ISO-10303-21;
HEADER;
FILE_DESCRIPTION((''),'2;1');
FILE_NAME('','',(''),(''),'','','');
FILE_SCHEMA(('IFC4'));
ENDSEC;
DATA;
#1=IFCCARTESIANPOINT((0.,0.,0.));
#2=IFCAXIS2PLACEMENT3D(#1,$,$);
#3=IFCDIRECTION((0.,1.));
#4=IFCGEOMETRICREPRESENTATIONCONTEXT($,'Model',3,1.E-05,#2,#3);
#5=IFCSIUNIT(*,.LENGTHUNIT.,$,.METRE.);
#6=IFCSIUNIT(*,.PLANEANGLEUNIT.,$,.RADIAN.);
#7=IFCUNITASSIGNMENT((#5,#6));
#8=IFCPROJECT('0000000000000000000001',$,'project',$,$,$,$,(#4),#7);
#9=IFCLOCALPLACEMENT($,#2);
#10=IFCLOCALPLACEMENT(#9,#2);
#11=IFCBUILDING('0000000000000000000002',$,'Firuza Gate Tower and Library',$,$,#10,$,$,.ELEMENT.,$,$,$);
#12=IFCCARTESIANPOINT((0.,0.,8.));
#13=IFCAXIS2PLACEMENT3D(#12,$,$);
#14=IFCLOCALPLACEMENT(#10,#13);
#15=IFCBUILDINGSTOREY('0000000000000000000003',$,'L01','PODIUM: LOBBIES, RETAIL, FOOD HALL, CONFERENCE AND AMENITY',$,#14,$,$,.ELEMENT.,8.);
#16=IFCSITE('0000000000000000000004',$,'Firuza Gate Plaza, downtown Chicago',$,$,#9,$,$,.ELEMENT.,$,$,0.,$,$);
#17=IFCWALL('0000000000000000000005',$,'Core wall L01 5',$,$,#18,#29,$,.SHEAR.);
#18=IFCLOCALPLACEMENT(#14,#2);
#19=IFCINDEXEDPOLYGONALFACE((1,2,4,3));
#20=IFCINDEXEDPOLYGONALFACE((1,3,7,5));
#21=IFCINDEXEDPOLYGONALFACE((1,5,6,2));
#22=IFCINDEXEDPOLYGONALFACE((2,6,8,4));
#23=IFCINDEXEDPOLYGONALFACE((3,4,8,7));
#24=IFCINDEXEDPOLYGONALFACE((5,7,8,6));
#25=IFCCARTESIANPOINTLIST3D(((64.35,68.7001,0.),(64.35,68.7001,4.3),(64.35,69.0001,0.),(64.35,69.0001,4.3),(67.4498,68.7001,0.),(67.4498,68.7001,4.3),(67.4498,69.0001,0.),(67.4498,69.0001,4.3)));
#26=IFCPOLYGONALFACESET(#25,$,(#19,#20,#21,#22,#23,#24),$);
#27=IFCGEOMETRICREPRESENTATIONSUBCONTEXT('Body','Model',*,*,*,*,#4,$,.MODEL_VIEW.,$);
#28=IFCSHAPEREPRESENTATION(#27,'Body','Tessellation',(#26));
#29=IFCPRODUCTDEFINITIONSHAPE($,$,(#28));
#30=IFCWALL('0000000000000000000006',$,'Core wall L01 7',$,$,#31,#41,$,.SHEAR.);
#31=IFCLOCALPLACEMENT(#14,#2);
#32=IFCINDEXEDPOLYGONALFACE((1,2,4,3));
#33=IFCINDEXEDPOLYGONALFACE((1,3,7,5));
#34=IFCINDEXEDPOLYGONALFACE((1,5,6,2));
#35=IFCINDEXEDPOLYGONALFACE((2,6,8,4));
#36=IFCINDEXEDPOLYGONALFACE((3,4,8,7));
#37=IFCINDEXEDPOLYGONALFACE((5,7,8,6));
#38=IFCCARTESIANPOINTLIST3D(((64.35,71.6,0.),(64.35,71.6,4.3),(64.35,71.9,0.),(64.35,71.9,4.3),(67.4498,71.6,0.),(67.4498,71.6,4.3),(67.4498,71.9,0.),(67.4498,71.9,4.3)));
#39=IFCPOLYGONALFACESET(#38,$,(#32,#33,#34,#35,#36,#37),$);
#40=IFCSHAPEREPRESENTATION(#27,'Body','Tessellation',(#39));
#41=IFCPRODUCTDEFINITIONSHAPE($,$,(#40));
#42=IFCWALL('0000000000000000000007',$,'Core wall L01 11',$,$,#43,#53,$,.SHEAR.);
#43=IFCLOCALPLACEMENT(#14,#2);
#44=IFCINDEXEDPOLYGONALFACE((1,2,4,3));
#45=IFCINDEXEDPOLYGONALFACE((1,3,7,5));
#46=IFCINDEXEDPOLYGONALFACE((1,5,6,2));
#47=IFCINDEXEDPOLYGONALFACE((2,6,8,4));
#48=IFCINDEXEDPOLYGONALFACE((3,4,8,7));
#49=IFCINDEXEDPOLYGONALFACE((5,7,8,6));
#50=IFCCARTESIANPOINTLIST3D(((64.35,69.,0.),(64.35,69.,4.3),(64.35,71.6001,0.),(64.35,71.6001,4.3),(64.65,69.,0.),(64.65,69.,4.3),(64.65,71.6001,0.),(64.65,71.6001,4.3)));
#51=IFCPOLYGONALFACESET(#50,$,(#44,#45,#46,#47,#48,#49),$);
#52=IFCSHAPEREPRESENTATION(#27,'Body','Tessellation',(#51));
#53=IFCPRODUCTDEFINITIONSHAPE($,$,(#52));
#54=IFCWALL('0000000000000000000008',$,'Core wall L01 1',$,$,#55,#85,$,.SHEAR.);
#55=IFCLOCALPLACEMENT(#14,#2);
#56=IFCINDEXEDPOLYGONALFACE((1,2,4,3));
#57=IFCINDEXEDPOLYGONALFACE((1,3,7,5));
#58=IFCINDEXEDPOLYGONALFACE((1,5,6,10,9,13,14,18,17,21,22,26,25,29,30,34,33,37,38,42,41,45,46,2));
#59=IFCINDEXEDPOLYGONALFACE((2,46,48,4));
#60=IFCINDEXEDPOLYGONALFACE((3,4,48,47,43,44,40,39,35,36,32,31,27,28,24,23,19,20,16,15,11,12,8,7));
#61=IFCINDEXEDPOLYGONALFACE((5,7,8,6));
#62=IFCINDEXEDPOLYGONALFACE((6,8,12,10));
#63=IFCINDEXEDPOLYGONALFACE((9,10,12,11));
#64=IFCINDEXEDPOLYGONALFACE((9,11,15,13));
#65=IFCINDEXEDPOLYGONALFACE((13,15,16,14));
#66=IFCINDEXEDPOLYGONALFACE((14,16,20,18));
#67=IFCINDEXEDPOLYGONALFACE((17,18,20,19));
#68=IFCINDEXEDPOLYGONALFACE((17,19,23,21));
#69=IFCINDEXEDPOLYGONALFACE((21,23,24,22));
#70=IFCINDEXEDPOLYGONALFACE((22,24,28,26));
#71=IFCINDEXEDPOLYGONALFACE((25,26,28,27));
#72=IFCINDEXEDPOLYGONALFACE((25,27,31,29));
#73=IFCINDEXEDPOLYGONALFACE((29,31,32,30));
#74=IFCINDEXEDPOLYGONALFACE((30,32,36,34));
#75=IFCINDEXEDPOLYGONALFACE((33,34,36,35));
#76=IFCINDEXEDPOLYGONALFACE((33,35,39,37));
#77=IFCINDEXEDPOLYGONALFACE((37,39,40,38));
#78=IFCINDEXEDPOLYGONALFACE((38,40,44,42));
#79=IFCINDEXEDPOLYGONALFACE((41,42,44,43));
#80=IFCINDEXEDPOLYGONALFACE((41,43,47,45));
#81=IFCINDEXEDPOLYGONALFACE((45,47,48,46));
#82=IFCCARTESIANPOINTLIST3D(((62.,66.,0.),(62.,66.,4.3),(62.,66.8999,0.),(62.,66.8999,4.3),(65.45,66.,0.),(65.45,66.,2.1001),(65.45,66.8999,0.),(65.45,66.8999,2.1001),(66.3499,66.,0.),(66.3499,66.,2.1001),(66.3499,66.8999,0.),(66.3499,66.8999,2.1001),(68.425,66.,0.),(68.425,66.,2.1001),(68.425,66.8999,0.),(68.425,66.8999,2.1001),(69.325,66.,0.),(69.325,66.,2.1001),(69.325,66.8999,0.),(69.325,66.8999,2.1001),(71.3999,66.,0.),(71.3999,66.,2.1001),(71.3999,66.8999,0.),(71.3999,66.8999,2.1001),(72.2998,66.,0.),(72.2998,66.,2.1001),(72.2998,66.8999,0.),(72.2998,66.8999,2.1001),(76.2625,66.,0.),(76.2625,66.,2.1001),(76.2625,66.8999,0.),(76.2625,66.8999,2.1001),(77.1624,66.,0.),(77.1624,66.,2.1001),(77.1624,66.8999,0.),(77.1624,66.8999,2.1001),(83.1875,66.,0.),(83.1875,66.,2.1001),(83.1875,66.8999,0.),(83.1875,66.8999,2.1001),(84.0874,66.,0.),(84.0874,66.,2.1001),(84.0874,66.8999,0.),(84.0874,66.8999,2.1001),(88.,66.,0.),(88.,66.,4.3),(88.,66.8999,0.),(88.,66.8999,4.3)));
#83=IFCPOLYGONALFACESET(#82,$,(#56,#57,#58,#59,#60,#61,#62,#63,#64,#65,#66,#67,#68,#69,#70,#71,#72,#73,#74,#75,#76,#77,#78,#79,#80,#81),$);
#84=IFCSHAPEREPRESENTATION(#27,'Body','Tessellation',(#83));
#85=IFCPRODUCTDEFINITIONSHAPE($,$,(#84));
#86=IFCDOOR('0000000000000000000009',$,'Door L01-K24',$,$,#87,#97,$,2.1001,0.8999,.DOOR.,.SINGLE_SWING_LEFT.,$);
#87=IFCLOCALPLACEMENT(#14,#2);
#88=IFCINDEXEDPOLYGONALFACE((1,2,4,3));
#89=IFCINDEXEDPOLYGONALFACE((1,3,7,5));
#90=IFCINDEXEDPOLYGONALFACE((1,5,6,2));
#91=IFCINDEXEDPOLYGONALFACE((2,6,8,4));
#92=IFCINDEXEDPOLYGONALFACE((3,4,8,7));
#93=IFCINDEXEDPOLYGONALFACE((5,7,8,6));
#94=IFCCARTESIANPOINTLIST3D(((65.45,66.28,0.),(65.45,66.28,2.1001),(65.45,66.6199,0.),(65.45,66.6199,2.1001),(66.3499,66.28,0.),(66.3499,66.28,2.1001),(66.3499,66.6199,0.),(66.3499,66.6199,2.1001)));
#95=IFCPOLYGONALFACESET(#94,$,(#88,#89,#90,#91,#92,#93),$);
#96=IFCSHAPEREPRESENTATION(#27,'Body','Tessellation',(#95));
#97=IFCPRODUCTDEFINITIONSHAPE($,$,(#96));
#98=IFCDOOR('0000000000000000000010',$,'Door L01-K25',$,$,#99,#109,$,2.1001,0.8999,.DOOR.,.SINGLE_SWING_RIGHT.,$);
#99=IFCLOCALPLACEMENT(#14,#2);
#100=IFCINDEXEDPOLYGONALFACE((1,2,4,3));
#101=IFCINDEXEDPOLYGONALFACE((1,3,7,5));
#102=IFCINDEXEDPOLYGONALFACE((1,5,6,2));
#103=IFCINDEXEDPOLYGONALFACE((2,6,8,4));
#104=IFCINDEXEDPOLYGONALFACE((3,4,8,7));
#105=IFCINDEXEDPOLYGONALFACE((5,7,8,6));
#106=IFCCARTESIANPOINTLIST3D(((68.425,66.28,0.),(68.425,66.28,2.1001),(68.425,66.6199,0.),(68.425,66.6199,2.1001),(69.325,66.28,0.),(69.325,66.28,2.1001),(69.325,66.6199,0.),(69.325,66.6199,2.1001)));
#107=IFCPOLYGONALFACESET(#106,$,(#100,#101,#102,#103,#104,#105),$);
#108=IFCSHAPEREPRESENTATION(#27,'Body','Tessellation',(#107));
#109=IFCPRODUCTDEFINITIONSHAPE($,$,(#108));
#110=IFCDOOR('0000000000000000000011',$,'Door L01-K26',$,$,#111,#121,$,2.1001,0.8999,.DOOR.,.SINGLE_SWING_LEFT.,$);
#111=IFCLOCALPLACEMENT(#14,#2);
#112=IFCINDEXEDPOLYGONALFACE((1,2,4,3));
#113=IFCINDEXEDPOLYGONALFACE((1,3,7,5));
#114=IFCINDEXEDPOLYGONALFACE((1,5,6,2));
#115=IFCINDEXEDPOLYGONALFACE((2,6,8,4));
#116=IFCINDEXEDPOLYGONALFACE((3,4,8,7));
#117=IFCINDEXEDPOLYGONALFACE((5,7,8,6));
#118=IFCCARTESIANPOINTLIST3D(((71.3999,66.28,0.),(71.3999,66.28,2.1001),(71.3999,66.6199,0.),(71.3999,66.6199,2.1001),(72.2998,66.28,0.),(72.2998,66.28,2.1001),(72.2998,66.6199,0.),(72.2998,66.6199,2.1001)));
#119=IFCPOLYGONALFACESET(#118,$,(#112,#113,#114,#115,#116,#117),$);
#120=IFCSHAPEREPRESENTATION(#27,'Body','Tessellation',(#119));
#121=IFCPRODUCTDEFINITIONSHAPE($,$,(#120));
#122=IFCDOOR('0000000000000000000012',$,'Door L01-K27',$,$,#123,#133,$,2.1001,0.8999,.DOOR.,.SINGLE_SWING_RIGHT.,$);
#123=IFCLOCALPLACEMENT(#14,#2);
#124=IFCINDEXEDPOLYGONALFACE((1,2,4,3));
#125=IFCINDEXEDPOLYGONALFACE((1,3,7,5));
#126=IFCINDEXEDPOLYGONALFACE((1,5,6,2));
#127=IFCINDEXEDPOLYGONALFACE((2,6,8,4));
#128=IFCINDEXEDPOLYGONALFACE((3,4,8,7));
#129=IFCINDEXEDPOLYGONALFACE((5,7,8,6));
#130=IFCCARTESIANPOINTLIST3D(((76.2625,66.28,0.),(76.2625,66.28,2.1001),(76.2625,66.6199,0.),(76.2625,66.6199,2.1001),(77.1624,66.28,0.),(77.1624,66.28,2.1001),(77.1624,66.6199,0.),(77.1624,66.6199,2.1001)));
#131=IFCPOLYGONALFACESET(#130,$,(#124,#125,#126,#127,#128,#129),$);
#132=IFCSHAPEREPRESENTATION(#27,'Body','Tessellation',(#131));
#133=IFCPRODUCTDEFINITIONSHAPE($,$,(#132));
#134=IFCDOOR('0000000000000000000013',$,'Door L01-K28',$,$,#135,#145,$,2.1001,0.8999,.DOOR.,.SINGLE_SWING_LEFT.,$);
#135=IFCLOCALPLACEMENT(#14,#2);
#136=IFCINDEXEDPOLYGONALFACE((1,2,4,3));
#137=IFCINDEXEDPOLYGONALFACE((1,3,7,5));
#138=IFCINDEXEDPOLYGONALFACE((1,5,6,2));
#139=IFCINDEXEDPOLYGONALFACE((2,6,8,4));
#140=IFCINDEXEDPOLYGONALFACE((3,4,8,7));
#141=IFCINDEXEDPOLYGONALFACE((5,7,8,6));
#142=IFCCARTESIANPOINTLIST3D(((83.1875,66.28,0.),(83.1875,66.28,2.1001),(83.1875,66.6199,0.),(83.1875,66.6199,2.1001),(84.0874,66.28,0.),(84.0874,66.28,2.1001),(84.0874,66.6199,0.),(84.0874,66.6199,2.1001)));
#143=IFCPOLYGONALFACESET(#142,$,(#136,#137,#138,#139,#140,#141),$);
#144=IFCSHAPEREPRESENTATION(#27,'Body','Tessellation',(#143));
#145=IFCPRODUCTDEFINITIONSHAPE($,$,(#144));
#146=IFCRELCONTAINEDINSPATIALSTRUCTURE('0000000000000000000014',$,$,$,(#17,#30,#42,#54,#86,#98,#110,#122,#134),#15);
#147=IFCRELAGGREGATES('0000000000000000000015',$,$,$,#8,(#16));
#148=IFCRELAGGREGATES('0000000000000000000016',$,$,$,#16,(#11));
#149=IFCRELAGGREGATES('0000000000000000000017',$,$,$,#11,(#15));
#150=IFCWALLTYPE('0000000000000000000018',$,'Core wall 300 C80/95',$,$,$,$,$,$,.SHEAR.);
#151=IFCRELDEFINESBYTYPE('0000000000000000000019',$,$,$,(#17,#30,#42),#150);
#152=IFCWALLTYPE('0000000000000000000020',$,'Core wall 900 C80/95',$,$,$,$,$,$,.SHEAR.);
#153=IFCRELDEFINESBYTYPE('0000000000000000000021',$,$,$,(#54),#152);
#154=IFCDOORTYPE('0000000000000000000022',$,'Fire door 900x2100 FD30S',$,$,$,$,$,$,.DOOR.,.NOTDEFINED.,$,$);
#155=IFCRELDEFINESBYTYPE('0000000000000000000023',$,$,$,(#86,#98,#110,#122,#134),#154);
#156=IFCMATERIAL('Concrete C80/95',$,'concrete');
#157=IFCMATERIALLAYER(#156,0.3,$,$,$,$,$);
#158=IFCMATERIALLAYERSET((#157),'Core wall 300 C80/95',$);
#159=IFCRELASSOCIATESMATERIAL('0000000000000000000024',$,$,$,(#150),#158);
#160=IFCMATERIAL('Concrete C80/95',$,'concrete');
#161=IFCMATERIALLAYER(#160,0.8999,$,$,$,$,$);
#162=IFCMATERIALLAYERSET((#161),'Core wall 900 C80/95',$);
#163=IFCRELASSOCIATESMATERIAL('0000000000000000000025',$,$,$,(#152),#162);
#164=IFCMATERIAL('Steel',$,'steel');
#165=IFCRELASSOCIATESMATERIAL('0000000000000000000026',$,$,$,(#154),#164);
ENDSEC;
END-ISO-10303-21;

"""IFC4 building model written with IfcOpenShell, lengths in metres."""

from ifc_helpers import new_model, si_unit, direction, frame, frame_2d, origin, place, context, subcontext, project, spatial, rectangle, extrude, material, layer, layer_set, type_object, element, fill, save


model = new_model("IFC4")

# Units and contexts
model_context = context("Model", 3, precision=1e-05, world=origin(), true_north=direction((0.0, 1.0)))
body_context = subcontext(model_context, "Body", "Model", "MODEL_VIEW")
ifc_project = project(units=[si_unit("LENGTHUNIT", "METRE"), si_unit("PLANEANGLEUNIT", "RADIAN")], contexts=[model_context])

# Site, building, storey
site_placement = place(None, origin())
site = spatial("IfcSite", under=ifc_project, at=site_placement, Name="Firuza Gate Plaza, downtown Chicago", CompositionType="ELEMENT", RefElevation=0.0)
building_placement = place(site_placement, origin())
building = spatial("IfcBuilding", under=site, at=building_placement, Name="Firuza Gate Tower and Library", CompositionType="ELEMENT")
storey_placement = place(building_placement, frame((0.0, 0.0, 8.0)))
storey = spatial("IfcBuildingStorey", under=building, at=storey_placement, Name="L01", Description="PODIUM: LOBBIES, RETAIL, FOOD HALL, CONFERENCE AND AMENITY", CompositionType="ELEMENT", Elevation=8.0)

# Walls
ifc_material_1 = material(Name="Concrete C80/95", Category="concrete")
ifc_layer_1 = layer(ifc_material_1, 0.3)
ifc_layer_set_1 = layer_set([ifc_layer_1], Name="Core wall 300 C80/95")
wall_type_1 = type_object("IfcWallType", Name="Core wall 300 C80/95", PredefinedType="SHEAR", material=ifc_layer_set_1)
for number, where, z_axis, x_axis, name in (
    (1, (64.3501, 68.8501, 0.0), (0.0, 0.0, 1.0), (1.0, 0.0, 0.0), "Core wall L01 5"),
    (2, (64.3501, 71.75, 0.0), (0.0, 0.0, 1.0), (1.0, 0.0, 0.0), "Core wall L01 7"),
):
    element("IfcWall", number, at=place(storey_placement, frame(where, z_axis=z_axis, x_axis=x_axis)), inside=storey, type_object=wall_type_1, Name=name, PredefinedType="SHEAR", context=body_context, shape_type="SweptSolid", body=[
        extrude(rectangle(XDim=3.0999, YDim=0.3, at=frame_2d((1.5498, 0.0))), origin(), (0.0, 0.0, 1.0), 4.3),
    ])
wall_1_placement = place(storey_placement, frame((64.5, 69.0, 0.0), z_axis=(0.0, 0.0, 1.0), x_axis=(0.0, 1.0, 0.0)))
element("IfcWall", 3, at=wall_1_placement, inside=storey, type_object=wall_type_1, Name="Core wall L01 11", PredefinedType="SHEAR", context=body_context, shape_type="SweptSolid", body=[
    extrude(rectangle(XDim=2.6001, YDim=0.3, at=frame_2d((1.3, 0.0))), origin(), (0.0, 0.0, 1.0), 4.3),
])

# Wall, openings, doors
ifc_material_2 = material(Name="Concrete C80/95", Category="concrete")
ifc_layer_2 = layer(ifc_material_2, 0.8999)
ifc_layer_set_2 = layer_set([ifc_layer_2], Name="Core wall 900 C80/95")
wall_type_2 = type_object("IfcWallType", Name="Core wall 900 C80/95", PredefinedType="SHEAR", material=ifc_layer_set_2)
wall_2_placement = place(storey_placement, frame((62.0, 66.45, 0.0), z_axis=(0.0, 0.0, 1.0), x_axis=(1.0, 0.0, 0.0)))
wall_2 = element("IfcWall", 4, at=wall_2_placement, inside=storey, type_object=wall_type_2, Name="Core wall L01 1", PredefinedType="SHEAR", context=body_context, shape_type="SweptSolid", body=[
    extrude(rectangle(XDim=26.0, YDim=0.8999, at=frame_2d((13.0, 0.0))), origin(), (0.0, 0.0, 1.0), 4.3),
])
opening_1_placement = place(wall_2_placement, frame((3.45, 0.0, 0.0)))
opening_1 = element("IfcOpeningElement", 5, at=opening_1_placement, cuts=wall_2, PredefinedType="OPENING", context=body_context, shape_type="SweptSolid", body=[
    extrude(rectangle(XDim=0.8999, YDim=2.1001, at=frame_2d((0.45, 1.05))), frame((0.0, 0.46, 0.0), z_axis=(0.0, -1.0, 0.0), x_axis=(1.0, 0.0, 0.0)), (0.0, 0.0, 1.0), 0.9199),
])
opening_2_placement = place(wall_2_placement, frame((6.425, 0.0, 0.0)))
opening_2 = element("IfcOpeningElement", 6, at=opening_2_placement, cuts=wall_2, PredefinedType="OPENING", context=body_context, shape_type="SweptSolid", body=[
    extrude(rectangle(XDim=0.8999, YDim=2.1001, at=frame_2d((0.45, 1.05))), frame((0.0, 0.46, 0.0), z_axis=(0.0, -1.0, 0.0), x_axis=(1.0, 0.0, 0.0)), (0.0, 0.0, 1.0), 0.9199),
])
opening_3_placement = place(wall_2_placement, frame((9.3999, 0.0, 0.0)))
opening_3 = element("IfcOpeningElement", 7, at=opening_3_placement, cuts=wall_2, PredefinedType="OPENING", context=body_context, shape_type="SweptSolid", body=[
    extrude(rectangle(XDim=0.8999, YDim=2.1001, at=frame_2d((0.45, 1.05))), frame((0.0, 0.46, 0.0), z_axis=(0.0, -1.0, 0.0), x_axis=(1.0, 0.0, 0.0)), (0.0, 0.0, 1.0), 0.9199),
])
opening_4_placement = place(wall_2_placement, frame((14.2625, 0.0, 0.0)))
opening_4 = element("IfcOpeningElement", 8, at=opening_4_placement, cuts=wall_2, PredefinedType="OPENING", context=body_context, shape_type="SweptSolid", body=[
    extrude(rectangle(XDim=0.8999, YDim=2.1001, at=frame_2d((0.45, 1.05))), frame((0.0, 0.46, 0.0), z_axis=(0.0, -1.0, 0.0), x_axis=(1.0, 0.0, 0.0)), (0.0, 0.0, 1.0), 0.9199),
])
opening_5_placement = place(wall_2_placement, frame((21.1875, 0.0, 0.0)))
opening_5 = element("IfcOpeningElement", 9, at=opening_5_placement, cuts=wall_2, PredefinedType="OPENING", context=body_context, shape_type="SweptSolid", body=[
    extrude(rectangle(XDim=0.8999, YDim=2.1001, at=frame_2d((0.45, 1.05))), frame((0.0, 0.46, 0.0), z_axis=(0.0, -1.0, 0.0), x_axis=(1.0, 0.0, 0.0)), (0.0, 0.0, 1.0), 0.9199),
])
ifc_material_3 = material(Name="Steel", Category="steel")
door_type_1 = type_object("IfcDoorType", Name="Fire door 900x2100 FD30S", OperationType="NOTDEFINED", PredefinedType="DOOR", material=ifc_material_3)
door_1_placement = place(opening_1_placement, origin())
door_1 = element("IfcDoor", 10, at=door_1_placement, inside=storey, type_object=door_type_1, Name="Door L01-K24", OperationType="SINGLE_SWING_LEFT", OverallHeight=2.1001, OverallWidth=0.8999, PredefinedType="DOOR", context=body_context, shape_type="SweptSolid", body=[
    extrude(rectangle(XDim=0.8999, YDim=2.1001, at=frame_2d((0.45, 1.05))), frame((0.0, 0.1699, 0.0), z_axis=(0.0, -1.0, 0.0), x_axis=(1.0, 0.0, 0.0)), (0.0, 0.0, 1.0), 0.3398),
])
fill(opening_1, door_1)
door_2_placement = place(opening_2_placement, origin())
door_2 = element("IfcDoor", 11, at=door_2_placement, inside=storey, type_object=door_type_1, Name="Door L01-K25", OperationType="SINGLE_SWING_RIGHT", OverallHeight=2.1001, OverallWidth=0.8999, PredefinedType="DOOR", context=body_context, shape_type="SweptSolid", body=[
    extrude(rectangle(XDim=0.8999, YDim=2.1001, at=frame_2d((0.45, 1.05))), frame((0.0, 0.1699, 0.0), z_axis=(0.0, -1.0, 0.0), x_axis=(1.0, 0.0, 0.0)), (0.0, 0.0, 1.0), 0.3398),
])
fill(opening_2, door_2)
door_3_placement = place(opening_3_placement, origin())
door_3 = element("IfcDoor", 12, at=door_3_placement, inside=storey, type_object=door_type_1, Name="Door L01-K26", OperationType="SINGLE_SWING_LEFT", OverallHeight=2.1001, OverallWidth=0.8999, PredefinedType="DOOR", context=body_context, shape_type="SweptSolid", body=[
    extrude(rectangle(XDim=0.8999, YDim=2.1001, at=frame_2d((0.45, 1.05))), frame((0.0, 0.1699, 0.0), z_axis=(0.0, -1.0, 0.0), x_axis=(1.0, 0.0, 0.0)), (0.0, 0.0, 1.0), 0.3398),
])
fill(opening_3, door_3)
door_4_placement = place(opening_4_placement, origin())
door_4 = element("IfcDoor", 13, at=door_4_placement, inside=storey, type_object=door_type_1, Name="Door L01-K27", OperationType="SINGLE_SWING_RIGHT", OverallHeight=2.1001, OverallWidth=0.8999, PredefinedType="DOOR", context=body_context, shape_type="SweptSolid", body=[
    extrude(rectangle(XDim=0.8999, YDim=2.1001, at=frame_2d((0.45, 1.05))), frame((0.0, 0.1699, 0.0), z_axis=(0.0, -1.0, 0.0), x_axis=(1.0, 0.0, 0.0)), (0.0, 0.0, 1.0), 0.3398),
])
fill(opening_4, door_4)
door_5_placement = place(opening_5_placement, origin())
door_5 = element("IfcDoor", 14, at=door_5_placement, inside=storey, type_object=door_type_1, Name="Door L01-K28", OperationType="SINGLE_SWING_LEFT", OverallHeight=2.1001, OverallWidth=0.8999, PredefinedType="DOOR", context=body_context, shape_type="SweptSolid", body=[
    extrude(rectangle(XDim=0.8999, YDim=2.1001, at=frame_2d((0.45, 1.05))), frame((0.0, 0.1699, 0.0), z_axis=(0.0, -1.0, 0.0), x_axis=(1.0, 0.0, 0.0)), (0.0, 0.0, 1.0), 0.3398),
])
fill(opening_5, door_5)

save(model, "model.ifc")
